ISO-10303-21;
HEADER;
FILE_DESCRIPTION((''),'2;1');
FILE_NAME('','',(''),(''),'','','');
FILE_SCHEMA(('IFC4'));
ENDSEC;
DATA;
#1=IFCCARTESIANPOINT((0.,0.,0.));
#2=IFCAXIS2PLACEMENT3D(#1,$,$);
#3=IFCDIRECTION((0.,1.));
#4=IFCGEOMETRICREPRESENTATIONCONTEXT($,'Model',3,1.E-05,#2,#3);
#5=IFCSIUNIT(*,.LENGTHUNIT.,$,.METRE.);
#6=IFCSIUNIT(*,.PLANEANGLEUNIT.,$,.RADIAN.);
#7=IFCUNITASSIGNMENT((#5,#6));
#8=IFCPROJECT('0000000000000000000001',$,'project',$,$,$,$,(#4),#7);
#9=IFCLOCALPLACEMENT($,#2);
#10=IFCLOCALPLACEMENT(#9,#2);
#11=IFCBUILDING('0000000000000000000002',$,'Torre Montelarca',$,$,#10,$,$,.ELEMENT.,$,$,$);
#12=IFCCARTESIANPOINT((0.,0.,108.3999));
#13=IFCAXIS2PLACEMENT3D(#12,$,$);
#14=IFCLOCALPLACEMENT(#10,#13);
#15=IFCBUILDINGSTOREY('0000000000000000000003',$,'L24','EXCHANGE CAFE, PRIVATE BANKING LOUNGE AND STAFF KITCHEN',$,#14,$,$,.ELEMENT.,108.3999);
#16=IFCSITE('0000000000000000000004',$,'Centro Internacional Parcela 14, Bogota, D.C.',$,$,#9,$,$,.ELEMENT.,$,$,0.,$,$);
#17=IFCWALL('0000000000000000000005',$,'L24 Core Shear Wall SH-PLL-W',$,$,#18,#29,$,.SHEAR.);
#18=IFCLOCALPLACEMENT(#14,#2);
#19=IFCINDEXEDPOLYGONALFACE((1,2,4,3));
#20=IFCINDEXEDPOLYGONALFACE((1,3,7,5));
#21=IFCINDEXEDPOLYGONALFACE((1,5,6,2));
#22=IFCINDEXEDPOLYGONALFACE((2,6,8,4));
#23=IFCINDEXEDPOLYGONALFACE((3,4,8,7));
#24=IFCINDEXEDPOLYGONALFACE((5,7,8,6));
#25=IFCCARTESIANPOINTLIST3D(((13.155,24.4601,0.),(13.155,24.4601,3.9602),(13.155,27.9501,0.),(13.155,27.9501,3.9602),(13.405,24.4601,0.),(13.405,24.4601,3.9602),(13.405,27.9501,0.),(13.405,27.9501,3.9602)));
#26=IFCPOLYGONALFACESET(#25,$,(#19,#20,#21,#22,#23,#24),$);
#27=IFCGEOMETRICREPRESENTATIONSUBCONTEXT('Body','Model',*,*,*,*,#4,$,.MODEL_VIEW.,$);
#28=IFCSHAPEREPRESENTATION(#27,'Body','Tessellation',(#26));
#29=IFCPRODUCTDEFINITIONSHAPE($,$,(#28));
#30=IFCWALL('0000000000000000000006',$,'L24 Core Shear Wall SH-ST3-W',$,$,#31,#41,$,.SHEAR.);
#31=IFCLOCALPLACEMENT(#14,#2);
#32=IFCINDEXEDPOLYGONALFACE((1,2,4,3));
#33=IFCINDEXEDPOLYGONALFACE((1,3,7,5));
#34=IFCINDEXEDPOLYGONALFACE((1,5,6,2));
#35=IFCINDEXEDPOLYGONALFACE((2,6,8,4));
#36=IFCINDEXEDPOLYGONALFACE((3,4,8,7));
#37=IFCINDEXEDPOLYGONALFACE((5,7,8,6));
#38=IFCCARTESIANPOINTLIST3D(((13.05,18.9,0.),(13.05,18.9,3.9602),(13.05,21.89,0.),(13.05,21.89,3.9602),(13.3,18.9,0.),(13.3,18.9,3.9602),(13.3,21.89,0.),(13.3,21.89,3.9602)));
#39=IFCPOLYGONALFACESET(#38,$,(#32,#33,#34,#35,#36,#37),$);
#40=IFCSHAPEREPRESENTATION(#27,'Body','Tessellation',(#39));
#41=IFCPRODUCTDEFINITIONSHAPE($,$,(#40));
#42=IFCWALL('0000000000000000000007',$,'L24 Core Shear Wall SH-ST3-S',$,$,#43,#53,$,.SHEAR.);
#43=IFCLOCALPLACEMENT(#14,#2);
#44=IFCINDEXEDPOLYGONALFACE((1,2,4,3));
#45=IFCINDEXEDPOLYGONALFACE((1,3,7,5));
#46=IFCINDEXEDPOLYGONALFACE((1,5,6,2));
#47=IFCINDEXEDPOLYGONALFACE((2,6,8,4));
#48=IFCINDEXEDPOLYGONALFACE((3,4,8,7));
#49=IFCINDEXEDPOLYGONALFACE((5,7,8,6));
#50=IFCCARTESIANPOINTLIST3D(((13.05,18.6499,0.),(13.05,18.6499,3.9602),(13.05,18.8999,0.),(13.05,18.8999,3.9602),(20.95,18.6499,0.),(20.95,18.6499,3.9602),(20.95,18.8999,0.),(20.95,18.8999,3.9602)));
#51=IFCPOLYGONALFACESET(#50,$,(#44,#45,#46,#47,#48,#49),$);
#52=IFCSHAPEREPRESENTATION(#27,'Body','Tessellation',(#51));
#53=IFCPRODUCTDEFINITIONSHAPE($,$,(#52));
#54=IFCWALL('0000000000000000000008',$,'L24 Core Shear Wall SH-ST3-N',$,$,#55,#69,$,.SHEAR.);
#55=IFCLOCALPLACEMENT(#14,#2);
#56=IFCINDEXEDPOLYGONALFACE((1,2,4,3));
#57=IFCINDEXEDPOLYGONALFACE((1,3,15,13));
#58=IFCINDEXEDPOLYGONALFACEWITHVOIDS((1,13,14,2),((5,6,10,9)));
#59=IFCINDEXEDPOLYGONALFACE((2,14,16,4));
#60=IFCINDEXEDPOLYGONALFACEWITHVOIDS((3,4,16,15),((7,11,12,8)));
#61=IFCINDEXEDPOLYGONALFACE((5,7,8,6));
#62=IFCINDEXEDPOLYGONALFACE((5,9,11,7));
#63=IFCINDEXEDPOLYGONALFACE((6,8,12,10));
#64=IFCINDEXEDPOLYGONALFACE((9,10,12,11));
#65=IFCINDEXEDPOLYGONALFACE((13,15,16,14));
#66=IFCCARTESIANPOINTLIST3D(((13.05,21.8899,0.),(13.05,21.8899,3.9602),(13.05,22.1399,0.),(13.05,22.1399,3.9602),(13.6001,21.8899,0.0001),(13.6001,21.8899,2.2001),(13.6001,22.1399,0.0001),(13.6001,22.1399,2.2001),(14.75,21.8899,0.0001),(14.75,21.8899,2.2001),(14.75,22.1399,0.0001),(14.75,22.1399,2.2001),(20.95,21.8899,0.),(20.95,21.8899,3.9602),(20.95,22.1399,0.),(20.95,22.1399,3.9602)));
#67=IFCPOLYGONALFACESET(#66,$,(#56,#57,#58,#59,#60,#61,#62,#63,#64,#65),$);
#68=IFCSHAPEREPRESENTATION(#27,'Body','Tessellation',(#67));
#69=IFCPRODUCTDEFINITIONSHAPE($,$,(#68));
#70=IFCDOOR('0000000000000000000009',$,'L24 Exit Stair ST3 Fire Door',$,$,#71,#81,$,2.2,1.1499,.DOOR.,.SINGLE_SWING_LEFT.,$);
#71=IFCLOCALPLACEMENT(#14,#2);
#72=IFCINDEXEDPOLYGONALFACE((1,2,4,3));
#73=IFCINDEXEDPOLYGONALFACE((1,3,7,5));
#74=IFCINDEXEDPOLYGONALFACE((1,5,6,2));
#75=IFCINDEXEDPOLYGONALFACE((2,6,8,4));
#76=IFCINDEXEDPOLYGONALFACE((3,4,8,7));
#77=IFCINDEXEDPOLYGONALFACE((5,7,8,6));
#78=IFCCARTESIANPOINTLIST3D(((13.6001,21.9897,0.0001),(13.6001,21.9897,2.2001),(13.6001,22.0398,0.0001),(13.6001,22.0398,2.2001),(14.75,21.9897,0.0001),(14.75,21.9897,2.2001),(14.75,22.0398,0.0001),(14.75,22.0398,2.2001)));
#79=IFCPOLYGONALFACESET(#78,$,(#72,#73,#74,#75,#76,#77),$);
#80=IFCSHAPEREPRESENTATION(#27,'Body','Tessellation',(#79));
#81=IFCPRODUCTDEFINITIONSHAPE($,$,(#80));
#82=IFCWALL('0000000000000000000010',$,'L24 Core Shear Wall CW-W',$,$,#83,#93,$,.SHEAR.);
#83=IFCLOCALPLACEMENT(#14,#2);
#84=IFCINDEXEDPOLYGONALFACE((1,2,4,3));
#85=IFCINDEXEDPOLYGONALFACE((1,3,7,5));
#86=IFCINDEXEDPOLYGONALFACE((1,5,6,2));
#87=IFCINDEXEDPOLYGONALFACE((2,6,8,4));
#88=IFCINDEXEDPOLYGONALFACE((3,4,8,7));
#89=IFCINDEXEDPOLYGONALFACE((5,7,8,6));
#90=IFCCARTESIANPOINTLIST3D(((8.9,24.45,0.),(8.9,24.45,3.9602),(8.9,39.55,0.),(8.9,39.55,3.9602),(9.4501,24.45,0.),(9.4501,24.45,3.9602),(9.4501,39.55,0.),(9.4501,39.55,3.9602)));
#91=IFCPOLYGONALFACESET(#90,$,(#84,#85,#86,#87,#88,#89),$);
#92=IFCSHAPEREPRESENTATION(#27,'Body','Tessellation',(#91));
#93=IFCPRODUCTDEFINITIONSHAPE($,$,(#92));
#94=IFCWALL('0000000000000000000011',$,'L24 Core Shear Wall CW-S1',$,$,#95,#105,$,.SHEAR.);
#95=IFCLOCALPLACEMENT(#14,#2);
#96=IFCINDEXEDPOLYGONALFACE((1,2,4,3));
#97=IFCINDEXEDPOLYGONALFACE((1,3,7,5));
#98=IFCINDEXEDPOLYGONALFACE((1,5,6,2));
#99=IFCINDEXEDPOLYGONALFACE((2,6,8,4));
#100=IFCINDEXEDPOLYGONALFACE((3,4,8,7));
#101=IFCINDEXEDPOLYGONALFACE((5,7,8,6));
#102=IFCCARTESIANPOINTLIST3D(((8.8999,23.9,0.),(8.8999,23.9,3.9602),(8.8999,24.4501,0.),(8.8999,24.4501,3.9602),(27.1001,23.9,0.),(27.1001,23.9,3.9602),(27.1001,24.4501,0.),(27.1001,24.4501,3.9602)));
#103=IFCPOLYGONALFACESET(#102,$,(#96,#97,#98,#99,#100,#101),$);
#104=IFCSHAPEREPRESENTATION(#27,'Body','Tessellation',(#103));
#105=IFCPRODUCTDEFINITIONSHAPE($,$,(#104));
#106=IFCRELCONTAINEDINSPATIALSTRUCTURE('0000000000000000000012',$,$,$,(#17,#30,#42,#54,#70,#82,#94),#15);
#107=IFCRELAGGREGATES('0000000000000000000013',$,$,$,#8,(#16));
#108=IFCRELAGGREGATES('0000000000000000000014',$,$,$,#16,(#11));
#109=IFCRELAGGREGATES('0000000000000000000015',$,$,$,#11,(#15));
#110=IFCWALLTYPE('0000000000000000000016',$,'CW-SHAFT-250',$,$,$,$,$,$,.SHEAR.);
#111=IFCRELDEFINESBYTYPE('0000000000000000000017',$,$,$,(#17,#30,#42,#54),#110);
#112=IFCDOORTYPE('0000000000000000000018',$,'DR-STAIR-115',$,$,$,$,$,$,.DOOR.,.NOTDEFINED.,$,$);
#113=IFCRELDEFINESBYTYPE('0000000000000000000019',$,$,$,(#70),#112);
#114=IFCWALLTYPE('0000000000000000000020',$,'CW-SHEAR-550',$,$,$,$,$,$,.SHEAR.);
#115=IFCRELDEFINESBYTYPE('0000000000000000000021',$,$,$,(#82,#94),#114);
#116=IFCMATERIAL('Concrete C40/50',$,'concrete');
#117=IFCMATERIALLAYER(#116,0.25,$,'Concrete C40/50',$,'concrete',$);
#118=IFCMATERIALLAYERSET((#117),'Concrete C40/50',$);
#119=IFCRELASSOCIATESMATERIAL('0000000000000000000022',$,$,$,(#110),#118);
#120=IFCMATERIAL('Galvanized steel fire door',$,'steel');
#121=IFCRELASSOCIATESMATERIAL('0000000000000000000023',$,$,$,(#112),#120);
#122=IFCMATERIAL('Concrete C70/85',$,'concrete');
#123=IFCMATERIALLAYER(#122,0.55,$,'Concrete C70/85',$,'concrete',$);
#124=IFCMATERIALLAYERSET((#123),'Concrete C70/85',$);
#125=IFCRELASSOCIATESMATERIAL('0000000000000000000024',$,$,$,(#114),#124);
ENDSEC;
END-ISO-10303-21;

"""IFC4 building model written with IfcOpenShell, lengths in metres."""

from ifc_helpers import new_model, si_unit, direction, frame, frame_2d, origin, place, context, subcontext, project, spatial, rectangle, extrude, source, transform, mapped, material, layer, layer_set, type_object, element, fill, save


model = new_model("IFC4")

# Units and contexts
model_context = context("Model", 3, precision=1e-05, world=origin(), true_north=direction((0.0, 1.0)))
body_context = subcontext(model_context, "Body", "Model", "MODEL_VIEW")
ifc_project = project(units=[si_unit("LENGTHUNIT", "METRE"), si_unit("PLANEANGLEUNIT", "RADIAN")], contexts=[model_context])

# Site, building, storey
site_placement = place(None, origin())
site = spatial("IfcSite", under=ifc_project, at=site_placement, Name="Centro Internacional Parcela 14, Bogota, D.C.", CompositionType="ELEMENT", RefElevation=0.0)
building_placement = place(site_placement, origin())
building = spatial("IfcBuilding", under=site, at=building_placement, Name="Torre Montelarca", CompositionType="ELEMENT")
storey_placement = place(building_placement, frame((0.0, 0.0, 108.3999)))
storey = spatial("IfcBuildingStorey", under=building, at=storey_placement, Name="L24", Description="EXCHANGE CAFE, PRIVATE BANKING LOUNGE AND STAFF KITCHEN", CompositionType="ELEMENT", Elevation=108.3999)

# Shared definitions
ifc_material_1 = material(Name="Concrete C70/85", Category="concrete")

# Shared definitions
ifc_material_2 = material(Name="Concrete C40/50", Category="concrete")
ifc_layer_1 = layer(ifc_material_2, 0.25, Name="Concrete C40/50", Category="concrete")
ifc_layer_set_1 = layer_set([ifc_layer_1], Name="Concrete C40/50")
wall_type_1 = type_object("IfcWallType", Name="CW-SHAFT-250", PredefinedType="SHEAR", material=ifc_layer_set_1)
ifc_material_3 = material(Name="Galvanized steel fire door", Category="steel")
door_type = type_object("IfcDoorType", Name="DR-STAIR-115", OperationType="NOTDEFINED", PredefinedType="DOOR", material=ifc_material_3)
shared_shape_1 = source(origin(), body_context, "Body", "SweptSolid", [
    extrude(rectangle(XDim=1.1499, YDim=2.2, at=frame_2d((0.575, 1.1001))), frame((0.0, 0.0249, 0.0), z_axis=(0.0, -1.0, 0.0), x_axis=(1.0, 0.0, 0.0)), (0.0, 0.0, 1.0), 0.05),
])

# Walls
wall_1_placement = place(storey_placement, frame((13.28, 24.46, 0.0), z_axis=(0.0, 0.0, 1.0), x_axis=(0.0, 1.0, 0.0)))
element("IfcWall", 1, at=wall_1_placement, inside=storey, type_object=wall_type_1, Name="L24 Core Shear Wall SH-PLL-W", PredefinedType="SHEAR", context=body_context, shape_type="SweptSolid", body=[
    extrude(rectangle(XDim=3.49, YDim=0.25, at=frame_2d((1.7451, 0.0))), origin(), (0.0, 0.0, 1.0), 3.9602),
])
wall_2_placement = place(storey_placement, frame((13.175, 18.8999, 0.0), z_axis=(0.0, 0.0, 1.0), x_axis=(0.0, 1.0, 0.0)))
element("IfcWall", 2, at=wall_2_placement, inside=storey, type_object=wall_type_1, Name="L24 Core Shear Wall SH-ST3-W", PredefinedType="SHEAR", context=body_context, shape_type="SweptSolid", body=[
    extrude(rectangle(XDim=2.99, YDim=0.25, at=frame_2d((1.4951, 0.0))), origin(), (0.0, 0.0, 1.0), 3.9602),
])
wall_3_placement = place(storey_placement, frame((13.05, 18.7749, 0.0), z_axis=(0.0, 0.0, 1.0), x_axis=(1.0, 0.0, 0.0)))
element("IfcWall", 3, at=wall_3_placement, inside=storey, type_object=wall_type_1, Name="L24 Core Shear Wall SH-ST3-S", PredefinedType="SHEAR", context=body_context, shape_type="SweptSolid", body=[
    extrude(rectangle(XDim=7.8999, YDim=0.25, at=frame_2d((3.95, 0.0))), origin(), (0.0, 0.0, 1.0), 3.9602),
])

# Wall, opening, door
wall_4_placement = place(storey_placement, frame((13.05, 22.0149, 0.0), z_axis=(0.0, 0.0, 1.0), x_axis=(1.0, 0.0, 0.0)))
wall_4 = element("IfcWall", 4, at=wall_4_placement, inside=storey, type_object=wall_type_1, Name="L24 Core Shear Wall SH-ST3-N", PredefinedType="SHEAR", context=body_context, shape_type="SweptSolid", body=[
    extrude(rectangle(XDim=7.8999, YDim=0.25, at=frame_2d((3.95, 0.0))), origin(), (0.0, 0.0, 1.0), 3.9602),
])
opening_1_placement = place(wall_4_placement, frame((0.55, 0.0, 0.0)))
opening_1 = element("IfcOpeningElement", 5, at=opening_1_placement, cuts=wall_4, PredefinedType="OPENING", context=body_context, shape_type="SweptSolid", body=[
    extrude(rectangle(XDim=1.1499, YDim=2.2, at=frame_2d((0.575, 1.1001))), frame((0.0, 0.135, 0.0), z_axis=(0.0, -1.0, 0.0), x_axis=(1.0, 0.0, 0.0)), (0.0, 0.0, 1.0), 0.27),
])
door_1_placement = place(opening_1_placement, origin())
door_1 = element("IfcDoor", 6, at=door_1_placement, inside=storey, type_object=door_type, Name="L24 Exit Stair ST3 Fire Door", OperationType="SINGLE_SWING_LEFT", OverallHeight=2.2, OverallWidth=1.1499, PredefinedType="DOOR", context=body_context, shape_type="MappedRepresentation", body=[
    mapped(shared_shape_1, transform((0.0, 0.0, 0.0), scale=1.0)),
])
fill(opening_1, door_1)

# Walls
ifc_layer_2 = layer(ifc_material_1, 0.55, Name="Concrete C70/85", Category="concrete")
ifc_layer_set_2 = layer_set([ifc_layer_2], Name="Concrete C70/85")
wall_type_2 = type_object("IfcWallType", Name="CW-SHEAR-550", PredefinedType="SHEAR", material=ifc_layer_set_2)
wall_5_placement = place(storey_placement, frame((9.175, 24.45, 0.0), z_axis=(0.0, 0.0, 1.0), x_axis=(0.0, 1.0, 0.0)))
element("IfcWall", 7, at=wall_5_placement, inside=storey, type_object=wall_type_2, Name="L24 Core Shear Wall CW-W", PredefinedType="SHEAR", context=body_context, shape_type="SweptSolid", body=[
    extrude(rectangle(XDim=15.1001, YDim=0.55, at=frame_2d((7.55, 0.0))), origin(), (0.0, 0.0, 1.0), 3.9602),
])
wall_6_placement = place(storey_placement, frame((8.8999, 24.175, 0.0), z_axis=(0.0, 0.0, 1.0), x_axis=(1.0, 0.0, 0.0)))
element("IfcWall", 8, at=wall_6_placement, inside=storey, type_object=wall_type_2, Name="L24 Core Shear Wall CW-S1", PredefinedType="SHEAR", context=body_context, shape_type="SweptSolid", body=[
    extrude(rectangle(XDim=18.2002, YDim=0.55, at=frame_2d((9.1001, 0.0))), origin(), (0.0, 0.0, 1.0), 3.9602),
])

save(model, "model.ifc")
